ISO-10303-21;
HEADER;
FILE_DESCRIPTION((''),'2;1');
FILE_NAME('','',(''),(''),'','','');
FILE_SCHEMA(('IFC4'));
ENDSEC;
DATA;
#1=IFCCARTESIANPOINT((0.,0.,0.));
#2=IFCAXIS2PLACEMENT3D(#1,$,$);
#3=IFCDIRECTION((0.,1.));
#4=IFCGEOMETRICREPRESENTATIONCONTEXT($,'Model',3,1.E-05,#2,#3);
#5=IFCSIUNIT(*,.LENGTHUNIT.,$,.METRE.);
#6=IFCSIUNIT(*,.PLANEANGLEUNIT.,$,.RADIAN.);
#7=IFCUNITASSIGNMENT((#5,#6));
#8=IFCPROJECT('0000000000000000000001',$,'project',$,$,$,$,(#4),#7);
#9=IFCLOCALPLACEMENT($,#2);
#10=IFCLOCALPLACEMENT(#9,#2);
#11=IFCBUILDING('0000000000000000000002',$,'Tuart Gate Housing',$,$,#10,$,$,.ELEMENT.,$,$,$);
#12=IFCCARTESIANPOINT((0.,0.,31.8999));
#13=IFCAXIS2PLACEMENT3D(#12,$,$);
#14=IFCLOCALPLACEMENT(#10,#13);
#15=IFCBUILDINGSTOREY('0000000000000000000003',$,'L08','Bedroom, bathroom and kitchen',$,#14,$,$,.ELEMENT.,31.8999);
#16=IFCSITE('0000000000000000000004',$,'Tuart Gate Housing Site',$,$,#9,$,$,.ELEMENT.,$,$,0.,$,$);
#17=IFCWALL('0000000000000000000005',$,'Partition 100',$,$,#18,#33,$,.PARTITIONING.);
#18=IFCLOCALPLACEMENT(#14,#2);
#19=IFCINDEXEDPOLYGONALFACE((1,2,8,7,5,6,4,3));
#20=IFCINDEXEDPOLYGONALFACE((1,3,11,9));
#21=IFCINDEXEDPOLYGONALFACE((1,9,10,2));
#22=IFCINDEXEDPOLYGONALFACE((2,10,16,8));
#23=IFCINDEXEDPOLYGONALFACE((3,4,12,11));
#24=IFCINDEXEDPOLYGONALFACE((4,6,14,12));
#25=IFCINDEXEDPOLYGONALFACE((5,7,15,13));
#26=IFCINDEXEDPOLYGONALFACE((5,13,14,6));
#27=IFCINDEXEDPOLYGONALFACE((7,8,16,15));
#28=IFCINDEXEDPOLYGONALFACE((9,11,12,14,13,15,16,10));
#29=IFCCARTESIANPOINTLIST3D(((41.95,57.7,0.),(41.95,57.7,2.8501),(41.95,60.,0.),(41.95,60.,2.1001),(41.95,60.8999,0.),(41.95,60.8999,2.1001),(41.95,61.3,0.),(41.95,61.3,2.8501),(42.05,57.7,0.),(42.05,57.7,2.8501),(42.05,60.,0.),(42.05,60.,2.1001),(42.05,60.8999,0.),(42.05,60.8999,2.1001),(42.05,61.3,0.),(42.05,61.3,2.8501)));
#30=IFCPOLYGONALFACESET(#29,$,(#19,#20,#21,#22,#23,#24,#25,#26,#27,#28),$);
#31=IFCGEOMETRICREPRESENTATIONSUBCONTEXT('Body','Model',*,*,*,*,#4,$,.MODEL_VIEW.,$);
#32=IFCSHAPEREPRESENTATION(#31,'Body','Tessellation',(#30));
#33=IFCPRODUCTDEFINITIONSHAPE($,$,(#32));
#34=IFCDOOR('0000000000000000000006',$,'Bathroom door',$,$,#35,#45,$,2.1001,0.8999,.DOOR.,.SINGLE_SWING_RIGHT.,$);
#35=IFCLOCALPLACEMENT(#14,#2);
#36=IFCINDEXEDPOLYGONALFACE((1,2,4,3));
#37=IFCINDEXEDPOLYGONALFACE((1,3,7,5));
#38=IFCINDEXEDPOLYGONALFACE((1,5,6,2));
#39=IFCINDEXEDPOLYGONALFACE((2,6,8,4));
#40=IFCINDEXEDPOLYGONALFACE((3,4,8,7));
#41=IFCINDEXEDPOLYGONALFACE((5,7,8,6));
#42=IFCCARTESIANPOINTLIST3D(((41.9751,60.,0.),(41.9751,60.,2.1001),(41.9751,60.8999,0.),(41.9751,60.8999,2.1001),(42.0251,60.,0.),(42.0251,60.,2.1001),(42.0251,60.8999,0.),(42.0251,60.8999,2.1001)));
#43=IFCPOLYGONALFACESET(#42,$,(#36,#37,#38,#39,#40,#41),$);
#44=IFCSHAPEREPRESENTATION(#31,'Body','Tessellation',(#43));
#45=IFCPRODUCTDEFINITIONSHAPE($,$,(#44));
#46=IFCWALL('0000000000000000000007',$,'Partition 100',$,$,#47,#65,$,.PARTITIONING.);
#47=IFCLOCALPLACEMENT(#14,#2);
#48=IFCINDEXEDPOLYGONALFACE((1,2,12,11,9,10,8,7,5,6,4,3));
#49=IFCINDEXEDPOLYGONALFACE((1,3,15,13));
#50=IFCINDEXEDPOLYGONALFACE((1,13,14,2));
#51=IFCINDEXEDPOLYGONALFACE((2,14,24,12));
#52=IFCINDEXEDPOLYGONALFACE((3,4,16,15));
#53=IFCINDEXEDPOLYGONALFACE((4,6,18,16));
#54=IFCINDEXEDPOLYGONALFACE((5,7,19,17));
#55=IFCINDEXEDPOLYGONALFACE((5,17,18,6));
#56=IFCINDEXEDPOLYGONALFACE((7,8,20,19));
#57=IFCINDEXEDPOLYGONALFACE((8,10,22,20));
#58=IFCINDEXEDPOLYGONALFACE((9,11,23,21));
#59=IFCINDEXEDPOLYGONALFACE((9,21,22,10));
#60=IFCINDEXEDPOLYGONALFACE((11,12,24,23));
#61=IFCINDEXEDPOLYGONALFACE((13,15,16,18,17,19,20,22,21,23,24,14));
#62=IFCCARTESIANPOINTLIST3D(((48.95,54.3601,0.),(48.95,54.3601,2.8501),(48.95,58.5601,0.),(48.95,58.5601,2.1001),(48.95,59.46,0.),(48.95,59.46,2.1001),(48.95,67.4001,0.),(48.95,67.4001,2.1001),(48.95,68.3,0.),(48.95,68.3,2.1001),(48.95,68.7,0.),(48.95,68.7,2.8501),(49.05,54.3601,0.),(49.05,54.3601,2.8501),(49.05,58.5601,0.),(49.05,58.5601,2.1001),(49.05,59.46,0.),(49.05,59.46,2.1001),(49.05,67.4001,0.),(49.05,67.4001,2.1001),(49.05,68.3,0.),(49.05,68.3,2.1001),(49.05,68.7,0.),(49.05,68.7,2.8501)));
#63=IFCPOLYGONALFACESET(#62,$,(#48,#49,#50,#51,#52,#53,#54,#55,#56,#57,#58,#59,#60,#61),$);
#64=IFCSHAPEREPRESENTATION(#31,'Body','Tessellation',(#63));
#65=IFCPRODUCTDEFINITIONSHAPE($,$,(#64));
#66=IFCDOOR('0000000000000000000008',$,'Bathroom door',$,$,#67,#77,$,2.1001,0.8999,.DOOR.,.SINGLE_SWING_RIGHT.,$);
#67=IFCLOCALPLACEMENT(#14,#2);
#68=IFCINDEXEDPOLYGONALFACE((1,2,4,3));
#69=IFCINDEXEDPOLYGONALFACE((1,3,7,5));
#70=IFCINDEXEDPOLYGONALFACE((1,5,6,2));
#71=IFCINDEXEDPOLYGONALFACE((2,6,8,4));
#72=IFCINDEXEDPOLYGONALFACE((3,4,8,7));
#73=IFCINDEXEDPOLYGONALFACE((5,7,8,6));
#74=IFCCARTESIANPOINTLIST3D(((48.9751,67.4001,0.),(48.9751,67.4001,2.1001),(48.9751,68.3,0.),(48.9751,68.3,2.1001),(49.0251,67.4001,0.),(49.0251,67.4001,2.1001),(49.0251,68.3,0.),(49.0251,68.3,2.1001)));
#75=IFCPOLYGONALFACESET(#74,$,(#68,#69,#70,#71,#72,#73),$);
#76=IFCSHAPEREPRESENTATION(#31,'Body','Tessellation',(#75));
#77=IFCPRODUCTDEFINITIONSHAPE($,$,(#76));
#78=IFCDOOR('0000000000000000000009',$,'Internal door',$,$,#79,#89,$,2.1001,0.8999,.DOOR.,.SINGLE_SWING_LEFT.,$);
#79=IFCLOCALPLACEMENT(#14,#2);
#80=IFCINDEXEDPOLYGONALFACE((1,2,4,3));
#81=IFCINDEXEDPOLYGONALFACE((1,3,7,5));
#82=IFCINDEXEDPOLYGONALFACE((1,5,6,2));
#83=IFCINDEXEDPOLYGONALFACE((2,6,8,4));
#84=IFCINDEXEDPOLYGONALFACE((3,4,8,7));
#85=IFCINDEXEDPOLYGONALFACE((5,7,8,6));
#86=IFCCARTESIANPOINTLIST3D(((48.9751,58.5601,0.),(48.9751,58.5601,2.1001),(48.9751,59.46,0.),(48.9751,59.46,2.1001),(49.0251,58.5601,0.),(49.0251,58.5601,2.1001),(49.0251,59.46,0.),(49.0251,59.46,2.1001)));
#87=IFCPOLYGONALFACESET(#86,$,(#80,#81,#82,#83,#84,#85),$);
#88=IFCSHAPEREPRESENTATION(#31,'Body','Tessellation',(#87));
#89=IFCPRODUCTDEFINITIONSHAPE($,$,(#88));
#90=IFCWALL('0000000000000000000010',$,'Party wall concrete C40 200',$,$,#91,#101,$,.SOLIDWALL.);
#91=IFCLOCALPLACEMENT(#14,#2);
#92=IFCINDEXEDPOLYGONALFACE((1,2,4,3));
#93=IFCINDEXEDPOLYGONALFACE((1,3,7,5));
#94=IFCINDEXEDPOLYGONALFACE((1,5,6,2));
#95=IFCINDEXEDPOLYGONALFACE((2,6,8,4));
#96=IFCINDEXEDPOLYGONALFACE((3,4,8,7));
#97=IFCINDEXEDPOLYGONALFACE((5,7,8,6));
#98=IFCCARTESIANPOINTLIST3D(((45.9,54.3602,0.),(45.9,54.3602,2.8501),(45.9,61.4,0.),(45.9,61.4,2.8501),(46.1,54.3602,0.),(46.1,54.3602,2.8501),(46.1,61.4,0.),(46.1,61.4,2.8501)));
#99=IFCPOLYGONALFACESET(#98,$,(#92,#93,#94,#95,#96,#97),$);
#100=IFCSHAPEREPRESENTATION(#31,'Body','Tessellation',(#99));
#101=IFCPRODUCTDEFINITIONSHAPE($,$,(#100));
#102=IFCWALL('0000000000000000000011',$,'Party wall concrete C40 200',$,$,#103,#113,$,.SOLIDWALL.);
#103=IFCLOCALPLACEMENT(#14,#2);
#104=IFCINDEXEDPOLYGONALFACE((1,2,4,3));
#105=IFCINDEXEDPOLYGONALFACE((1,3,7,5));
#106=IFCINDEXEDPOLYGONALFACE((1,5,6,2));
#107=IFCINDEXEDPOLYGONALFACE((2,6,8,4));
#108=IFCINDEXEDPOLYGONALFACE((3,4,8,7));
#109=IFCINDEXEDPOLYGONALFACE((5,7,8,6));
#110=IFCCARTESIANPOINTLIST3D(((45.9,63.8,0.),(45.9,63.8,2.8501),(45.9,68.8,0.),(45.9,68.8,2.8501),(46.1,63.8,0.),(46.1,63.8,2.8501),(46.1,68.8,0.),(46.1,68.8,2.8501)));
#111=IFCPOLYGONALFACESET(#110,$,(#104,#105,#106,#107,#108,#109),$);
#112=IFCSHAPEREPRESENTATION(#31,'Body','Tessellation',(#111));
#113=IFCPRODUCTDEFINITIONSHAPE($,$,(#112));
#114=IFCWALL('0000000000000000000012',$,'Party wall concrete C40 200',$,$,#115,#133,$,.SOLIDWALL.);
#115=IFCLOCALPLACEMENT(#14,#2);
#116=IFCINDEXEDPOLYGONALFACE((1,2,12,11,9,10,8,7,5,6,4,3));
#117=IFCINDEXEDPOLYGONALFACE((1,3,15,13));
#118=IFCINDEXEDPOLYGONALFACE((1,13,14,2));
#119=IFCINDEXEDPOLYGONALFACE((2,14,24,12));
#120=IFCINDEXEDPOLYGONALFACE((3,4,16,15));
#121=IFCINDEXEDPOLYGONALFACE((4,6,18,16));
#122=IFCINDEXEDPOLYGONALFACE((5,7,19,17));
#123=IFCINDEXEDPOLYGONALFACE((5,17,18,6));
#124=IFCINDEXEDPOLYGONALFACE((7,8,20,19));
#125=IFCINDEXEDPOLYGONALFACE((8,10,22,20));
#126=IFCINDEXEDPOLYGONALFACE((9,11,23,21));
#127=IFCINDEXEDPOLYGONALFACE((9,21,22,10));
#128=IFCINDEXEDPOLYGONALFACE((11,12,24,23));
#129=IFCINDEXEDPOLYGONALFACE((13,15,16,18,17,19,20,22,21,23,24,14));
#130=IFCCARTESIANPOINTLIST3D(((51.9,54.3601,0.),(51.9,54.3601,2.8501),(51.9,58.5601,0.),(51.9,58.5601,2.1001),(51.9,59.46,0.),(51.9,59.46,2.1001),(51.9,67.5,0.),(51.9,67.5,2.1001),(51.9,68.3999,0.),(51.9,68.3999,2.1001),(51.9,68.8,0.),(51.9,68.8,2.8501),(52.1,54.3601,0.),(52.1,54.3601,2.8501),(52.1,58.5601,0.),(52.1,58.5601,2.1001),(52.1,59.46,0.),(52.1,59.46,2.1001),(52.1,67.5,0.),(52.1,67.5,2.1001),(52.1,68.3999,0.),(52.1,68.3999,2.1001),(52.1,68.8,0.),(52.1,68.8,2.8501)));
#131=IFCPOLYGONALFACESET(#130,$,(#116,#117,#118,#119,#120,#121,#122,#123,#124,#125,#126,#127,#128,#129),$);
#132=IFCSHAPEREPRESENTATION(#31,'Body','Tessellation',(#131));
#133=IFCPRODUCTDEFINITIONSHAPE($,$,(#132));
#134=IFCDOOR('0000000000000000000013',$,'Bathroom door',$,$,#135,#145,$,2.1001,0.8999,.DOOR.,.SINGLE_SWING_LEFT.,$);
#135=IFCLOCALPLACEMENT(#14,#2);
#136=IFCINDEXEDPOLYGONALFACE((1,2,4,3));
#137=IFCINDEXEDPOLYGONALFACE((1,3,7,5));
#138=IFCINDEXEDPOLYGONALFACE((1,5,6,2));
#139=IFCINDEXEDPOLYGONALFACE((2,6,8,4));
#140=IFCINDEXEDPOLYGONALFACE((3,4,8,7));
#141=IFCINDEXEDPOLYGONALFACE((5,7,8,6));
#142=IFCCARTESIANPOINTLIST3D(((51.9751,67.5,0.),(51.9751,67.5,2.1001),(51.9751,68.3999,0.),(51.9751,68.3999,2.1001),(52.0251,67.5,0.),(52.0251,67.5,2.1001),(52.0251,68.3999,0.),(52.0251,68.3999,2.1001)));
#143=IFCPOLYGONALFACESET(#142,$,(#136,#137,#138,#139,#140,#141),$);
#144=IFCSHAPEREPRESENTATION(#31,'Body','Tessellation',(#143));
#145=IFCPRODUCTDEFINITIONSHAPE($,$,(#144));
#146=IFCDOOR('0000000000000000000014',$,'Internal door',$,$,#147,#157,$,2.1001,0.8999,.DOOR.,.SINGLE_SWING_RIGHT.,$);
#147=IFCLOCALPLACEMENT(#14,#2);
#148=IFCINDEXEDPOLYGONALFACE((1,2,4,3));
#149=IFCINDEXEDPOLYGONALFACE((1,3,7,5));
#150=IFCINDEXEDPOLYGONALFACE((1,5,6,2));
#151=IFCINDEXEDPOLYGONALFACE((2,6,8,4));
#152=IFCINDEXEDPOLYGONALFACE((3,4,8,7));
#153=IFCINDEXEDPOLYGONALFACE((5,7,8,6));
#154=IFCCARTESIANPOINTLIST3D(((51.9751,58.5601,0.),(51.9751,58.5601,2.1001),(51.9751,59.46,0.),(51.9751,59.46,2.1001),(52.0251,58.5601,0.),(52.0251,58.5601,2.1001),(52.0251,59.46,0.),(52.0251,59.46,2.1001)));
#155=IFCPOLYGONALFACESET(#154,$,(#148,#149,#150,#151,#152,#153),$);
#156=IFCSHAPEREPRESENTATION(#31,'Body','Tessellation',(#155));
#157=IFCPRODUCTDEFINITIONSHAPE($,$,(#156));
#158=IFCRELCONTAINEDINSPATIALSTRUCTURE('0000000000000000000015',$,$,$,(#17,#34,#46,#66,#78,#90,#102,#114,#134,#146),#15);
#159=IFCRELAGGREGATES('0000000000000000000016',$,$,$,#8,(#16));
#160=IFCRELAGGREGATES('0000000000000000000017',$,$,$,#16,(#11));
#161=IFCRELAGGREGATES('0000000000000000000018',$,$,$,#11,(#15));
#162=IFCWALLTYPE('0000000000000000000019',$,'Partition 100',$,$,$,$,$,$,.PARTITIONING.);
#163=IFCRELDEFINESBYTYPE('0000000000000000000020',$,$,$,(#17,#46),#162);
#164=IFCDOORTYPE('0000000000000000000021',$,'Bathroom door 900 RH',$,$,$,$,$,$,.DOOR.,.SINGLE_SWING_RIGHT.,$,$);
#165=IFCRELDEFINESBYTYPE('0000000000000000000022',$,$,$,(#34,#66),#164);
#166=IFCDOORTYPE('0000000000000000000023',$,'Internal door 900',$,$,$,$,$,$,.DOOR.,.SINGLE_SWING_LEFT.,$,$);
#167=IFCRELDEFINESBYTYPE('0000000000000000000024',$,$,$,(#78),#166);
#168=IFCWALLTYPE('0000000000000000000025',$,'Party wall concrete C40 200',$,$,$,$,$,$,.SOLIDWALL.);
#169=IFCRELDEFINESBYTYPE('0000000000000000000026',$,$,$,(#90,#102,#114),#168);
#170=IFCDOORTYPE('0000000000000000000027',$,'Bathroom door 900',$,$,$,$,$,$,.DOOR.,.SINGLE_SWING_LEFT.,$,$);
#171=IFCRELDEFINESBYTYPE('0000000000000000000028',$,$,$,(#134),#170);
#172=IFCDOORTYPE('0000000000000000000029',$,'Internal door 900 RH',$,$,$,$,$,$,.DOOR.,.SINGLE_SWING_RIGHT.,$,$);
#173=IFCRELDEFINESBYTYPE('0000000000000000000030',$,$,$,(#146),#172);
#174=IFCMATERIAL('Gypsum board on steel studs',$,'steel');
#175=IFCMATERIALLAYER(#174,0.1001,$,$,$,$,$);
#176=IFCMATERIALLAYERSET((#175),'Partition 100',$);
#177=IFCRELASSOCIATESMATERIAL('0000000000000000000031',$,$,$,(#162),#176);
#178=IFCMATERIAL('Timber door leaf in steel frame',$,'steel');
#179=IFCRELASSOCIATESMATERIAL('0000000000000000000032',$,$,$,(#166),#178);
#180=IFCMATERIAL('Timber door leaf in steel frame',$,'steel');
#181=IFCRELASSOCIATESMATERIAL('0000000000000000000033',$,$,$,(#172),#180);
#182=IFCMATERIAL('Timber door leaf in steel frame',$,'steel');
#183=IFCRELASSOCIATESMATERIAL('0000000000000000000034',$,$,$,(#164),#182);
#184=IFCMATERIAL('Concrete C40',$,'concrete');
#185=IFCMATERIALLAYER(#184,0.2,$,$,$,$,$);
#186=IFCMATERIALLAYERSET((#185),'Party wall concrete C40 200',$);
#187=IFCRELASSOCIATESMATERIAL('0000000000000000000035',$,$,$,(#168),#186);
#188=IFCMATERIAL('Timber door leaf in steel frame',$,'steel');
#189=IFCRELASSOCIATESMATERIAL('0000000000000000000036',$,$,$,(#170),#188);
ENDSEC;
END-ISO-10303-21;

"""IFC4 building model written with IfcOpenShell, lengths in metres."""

from ifc_helpers import new_model, si_unit, direction, frame, frame_2d, origin, place, context, subcontext, project, spatial, rectangle, extrude, material, layer, layer_set, type_object, element, fill, save


model = new_model("IFC4")

# Units and contexts
model_context = context("Model", 3, precision=1e-05, world=origin(), true_north=direction((0.0, 1.0)))
body_context = subcontext(model_context, "Body", "Model", "MODEL_VIEW")
ifc_project = project(units=[si_unit("LENGTHUNIT", "METRE"), si_unit("PLANEANGLEUNIT", "RADIAN")], contexts=[model_context])

# Site, building, storey
site_placement = place(None, origin())
site = spatial("IfcSite", under=ifc_project, at=site_placement, Name="Tuart Gate Housing Site", CompositionType="ELEMENT", RefElevation=0.0)
building_placement = place(site_placement, origin())
building = spatial("IfcBuilding", under=site, at=building_placement, Name="Tuart Gate Housing", CompositionType="ELEMENT")
storey_placement = place(building_placement, frame((0.0, 0.0, 31.8999)))
storey = spatial("IfcBuildingStorey", under=building, at=storey_placement, Name="L08", Description="Bedroom, bathroom and kitchen", CompositionType="ELEMENT", Elevation=31.8999)

# Shared definitions
ifc_material_1 = material(Name="Gypsum board on steel studs", Category="steel")
ifc_layer_1 = layer(ifc_material_1, 0.1001)
ifc_layer_set_1 = layer_set([ifc_layer_1], Name="Partition 100")
wall_type_1 = type_object("IfcWallType", Name="Partition 100", PredefinedType="PARTITIONING", material=ifc_layer_set_1)
ifc_material_2 = material(Name="Timber door leaf in steel frame", Category="steel")
door_type_1 = type_object("IfcDoorType", Name="Internal door 900", OperationType="SINGLE_SWING_LEFT", PredefinedType="DOOR", material=ifc_material_2)
ifc_material_3 = material(Name="Timber door leaf in steel frame", Category="steel")
door_type_2 = type_object("IfcDoorType", Name="Internal door 900 RH", OperationType="SINGLE_SWING_RIGHT", PredefinedType="DOOR", material=ifc_material_3)

# Wall, opening, door
wall_1_placement = place(storey_placement, frame((42.0, 57.7, 0.0), z_axis=(0.0, 0.0, 1.0), x_axis=(0.0, 1.0, 0.0)))
wall_1 = element("IfcWall", 1, at=wall_1_placement, inside=storey, type_object=wall_type_1, Name="Partition 100", PredefinedType="PARTITIONING", context=body_context, shape_type="SweptSolid", body=[
    extrude(rectangle(XDim=3.6001, YDim=0.1001, at=frame_2d((1.8, 0.0))), origin(), (0.0, 0.0, 1.0), 2.8501),
])
opening_1_placement = place(wall_1_placement, frame((2.3, 0.0, 0.0)))
opening_1 = element("IfcOpeningElement", 2, at=opening_1_placement, cuts=wall_1, PredefinedType="OPENING", context=body_context, shape_type="SweptSolid", body=[
    extrude(rectangle(XDim=0.8999, YDim=2.1001, at=frame_2d((0.45, 1.05))), frame((0.0, 0.0601, 0.0), z_axis=(0.0, -1.0, 0.0), x_axis=(1.0, 0.0, 0.0)), (0.0, 0.0, 1.0), 0.1201),
])
ifc_material_4 = material(Name="Timber door leaf in steel frame", Category="steel")
door_type_3 = type_object("IfcDoorType", Name="Bathroom door 900 RH", OperationType="SINGLE_SWING_RIGHT", PredefinedType="DOOR", material=ifc_material_4)
door_1_placement = place(opening_1_placement, origin())
door_1 = element("IfcDoor", 3, at=door_1_placement, inside=storey, type_object=door_type_3, Name="Bathroom door", OperationType="SINGLE_SWING_RIGHT", OverallHeight=2.1001, OverallWidth=0.8999, PredefinedType="DOOR", context=body_context, shape_type="SweptSolid", body=[
    extrude(rectangle(XDim=0.8999, YDim=2.1001, at=frame_2d((0.45, 1.05))), frame((0.0, 0.0249, 0.0), z_axis=(0.0, -1.0, 0.0), x_axis=(1.0, 0.0, 0.0)), (0.0, 0.0, 1.0), 0.05),
])
fill(opening_1, door_1)

# Wall, openings, doors
wall_2_placement = place(storey_placement, frame((49.0, 54.3601, 0.0), z_axis=(0.0, 0.0, 1.0), x_axis=(0.0, 1.0, 0.0)))
wall_2 = element("IfcWall", 4, at=wall_2_placement, inside=storey, type_object=wall_type_1, Name="Partition 100", PredefinedType="PARTITIONING", context=body_context, shape_type="SweptSolid", body=[
    extrude(rectangle(XDim=14.3398, YDim=0.1001, at=frame_2d((7.1699, 0.0))), origin(), (0.0, 0.0, 1.0), 2.8501),
])
opening_2_placement = place(wall_2_placement, frame((4.2, 0.0, 0.0)))
opening_2 = element("IfcOpeningElement", 5, at=opening_2_placement, cuts=wall_2, PredefinedType="OPENING", context=body_context, shape_type="SweptSolid", body=[
    extrude(rectangle(XDim=0.8999, YDim=2.1001, at=frame_2d((0.45, 1.05))), frame((0.0, 0.0601, 0.0), z_axis=(0.0, -1.0, 0.0), x_axis=(1.0, 0.0, 0.0)), (0.0, 0.0, 1.0), 0.1201),
])
opening_3_placement = place(wall_2_placement, frame((13.04, 0.0, 0.0)))
opening_3 = element("IfcOpeningElement", 6, at=opening_3_placement, cuts=wall_2, PredefinedType="OPENING", context=body_context, shape_type="SweptSolid", body=[
    extrude(rectangle(XDim=0.8999, YDim=2.1001, at=frame_2d((0.45, 1.05))), frame((0.0, 0.0601, 0.0), z_axis=(0.0, -1.0, 0.0), x_axis=(1.0, 0.0, 0.0)), (0.0, 0.0, 1.0), 0.1201),
])
door_2_placement = place(opening_3_placement, origin())
door_2 = element("IfcDoor", 7, at=door_2_placement, inside=storey, type_object=door_type_3, Name="Bathroom door", OperationType="SINGLE_SWING_RIGHT", OverallHeight=2.1001, OverallWidth=0.8999, PredefinedType="DOOR", context=body_context, shape_type="SweptSolid", body=[
    extrude(rectangle(XDim=0.8999, YDim=2.1001, at=frame_2d((0.45, 1.05))), frame((0.0, 0.0249, 0.0), z_axis=(0.0, -1.0, 0.0), x_axis=(1.0, 0.0, 0.0)), (0.0, 0.0, 1.0), 0.05),
])
fill(opening_3, door_2)
door_3_placement = place(opening_2_placement, origin())
door_3 = element("IfcDoor", 8, at=door_3_placement, inside=storey, type_object=door_type_1, Name="Internal door", OperationType="SINGLE_SWING_LEFT", OverallHeight=2.1001, OverallWidth=0.8999, PredefinedType="DOOR", context=body_context, shape_type="SweptSolid", body=[
    extrude(rectangle(XDim=0.8999, YDim=2.1001, at=frame_2d((0.45, 1.05))), frame((0.0, 0.0249, 0.0), z_axis=(0.0, -1.0, 0.0), x_axis=(1.0, 0.0, 0.0)), (0.0, 0.0, 1.0), 0.05),
])
fill(opening_2, door_3)

# Walls
ifc_material_5 = material(Name="Concrete C40", Category="concrete")
ifc_layer_2 = layer(ifc_material_5, 0.2)
ifc_layer_set_2 = layer_set([ifc_layer_2], Name="Party wall concrete C40 200")
wall_type_2 = type_object("IfcWallType", Name="Party wall concrete C40 200", PredefinedType="SOLIDWALL", material=ifc_layer_set_2)
wall_3_placement = place(storey_placement, frame((46.0, 54.3601, 0.0), z_axis=(0.0, 0.0, 1.0), x_axis=(0.0, 1.0, 0.0)))
element("IfcWall", 9, at=wall_3_placement, inside=storey, type_object=wall_type_2, Name="Party wall concrete C40 200", PredefinedType="SOLIDWALL", context=body_context, shape_type="SweptSolid", body=[
    extrude(rectangle(XDim=7.0398, YDim=0.2, at=frame_2d((3.52, 0.0))), origin(), (0.0, 0.0, 1.0), 2.8501),
])
wall_4_placement = place(storey_placement, frame((46.0, 63.8, 0.0), z_axis=(0.0, 0.0, 1.0), x_axis=(0.0, 1.0, 0.0)))
element("IfcWall", 10, at=wall_4_placement, inside=storey, type_object=wall_type_2, Name="Party wall concrete C40 200", PredefinedType="SOLIDWALL", context=body_context, shape_type="SweptSolid", body=[
    extrude(rectangle(XDim=5.0, YDim=0.2, at=frame_2d((2.5, 0.0))), origin(), (0.0, 0.0, 1.0), 2.8501),
])

# Wall, openings, doors
wall_5_placement = place(storey_placement, frame((52.0, 54.3601, 0.0), z_axis=(0.0, 0.0, 1.0), x_axis=(0.0, 1.0, 0.0)))
wall_5 = element("IfcWall", 11, at=wall_5_placement, inside=storey, type_object=wall_type_2, Name="Party wall concrete C40 200", PredefinedType="SOLIDWALL", context=body_context, shape_type="SweptSolid", body=[
    extrude(rectangle(XDim=14.4399, YDim=0.2, at=frame_2d((7.22, 0.0))), origin(), (0.0, 0.0, 1.0), 2.8501),
])
opening_4_placement = place(wall_5_placement, frame((4.2, 0.0, 0.0)))
opening_4 = element("IfcOpeningElement", 12, at=opening_4_placement, cuts=wall_5, PredefinedType="OPENING", context=body_context, shape_type="SweptSolid", body=[
    extrude(rectangle(XDim=0.8999, YDim=2.1001, at=frame_2d((0.45, 1.05))), frame((0.0, 0.1099, 0.0), z_axis=(0.0, -1.0, 0.0), x_axis=(1.0, 0.0, 0.0)), (0.0, 0.0, 1.0), 0.22),
])
opening_5_placement = place(wall_5_placement, frame((13.1399, 0.0, 0.0)))
opening_5 = element("IfcOpeningElement", 13, at=opening_5_placement, cuts=wall_5, PredefinedType="OPENING", context=body_context, shape_type="SweptSolid", body=[
    extrude(rectangle(XDim=0.8999, YDim=2.1001, at=frame_2d((0.45, 1.05))), frame((0.0, 0.1099, 0.0), z_axis=(0.0, -1.0, 0.0), x_axis=(1.0, 0.0, 0.0)), (0.0, 0.0, 1.0), 0.22),
])
ifc_material_6 = material(Name="Timber door leaf in steel frame", Category="steel")
door_type_4 = type_object("IfcDoorType", Name="Bathroom door 900", OperationType="SINGLE_SWING_LEFT", PredefinedType="DOOR", material=ifc_material_6)
door_4_placement = place(opening_5_placement, frame((0.8999, 0.0, 0.0), z_axis=(0.0, 0.0, 1.0), x_axis=(-1.0, 0.0, 0.0)))
door_4 = element("IfcDoor", 14, at=door_4_placement, inside=storey, type_object=door_type_4, Name="Bathroom door", OperationType="SINGLE_SWING_LEFT", OverallHeight=2.1001, OverallWidth=0.8999, PredefinedType="DOOR", context=body_context, shape_type="SweptSolid", body=[
    extrude(rectangle(XDim=0.8999, YDim=2.1001, at=frame_2d((0.45, 1.05))), frame((0.0, 0.0251, 0.0), z_axis=(0.0, -1.0, 0.0), x_axis=(1.0, 0.0, 0.0)), (0.0, 0.0, 1.0), 0.05),
])
fill(opening_5, door_4)
door_5_placement = place(opening_4_placement, frame((0.8999, 0.0, 0.0), z_axis=(0.0, 0.0, 1.0), x_axis=(-1.0, 0.0, 0.0)))
door_5 = element("IfcDoor", 15, at=door_5_placement, inside=storey, type_object=door_type_2, Name="Internal door", OperationType="SINGLE_SWING_RIGHT", OverallHeight=2.1001, OverallWidth=0.8999, PredefinedType="DOOR", context=body_context, shape_type="SweptSolid", body=[
    extrude(rectangle(XDim=0.8999, YDim=2.1001, at=frame_2d((0.45, 1.05))), frame((0.0, 0.0251, 0.0), z_axis=(0.0, -1.0, 0.0), x_axis=(1.0, 0.0, 0.0)), (0.0, 0.0, 1.0), 0.05),
])
fill(opening_4, door_5)

save(model, "model.ifc")
